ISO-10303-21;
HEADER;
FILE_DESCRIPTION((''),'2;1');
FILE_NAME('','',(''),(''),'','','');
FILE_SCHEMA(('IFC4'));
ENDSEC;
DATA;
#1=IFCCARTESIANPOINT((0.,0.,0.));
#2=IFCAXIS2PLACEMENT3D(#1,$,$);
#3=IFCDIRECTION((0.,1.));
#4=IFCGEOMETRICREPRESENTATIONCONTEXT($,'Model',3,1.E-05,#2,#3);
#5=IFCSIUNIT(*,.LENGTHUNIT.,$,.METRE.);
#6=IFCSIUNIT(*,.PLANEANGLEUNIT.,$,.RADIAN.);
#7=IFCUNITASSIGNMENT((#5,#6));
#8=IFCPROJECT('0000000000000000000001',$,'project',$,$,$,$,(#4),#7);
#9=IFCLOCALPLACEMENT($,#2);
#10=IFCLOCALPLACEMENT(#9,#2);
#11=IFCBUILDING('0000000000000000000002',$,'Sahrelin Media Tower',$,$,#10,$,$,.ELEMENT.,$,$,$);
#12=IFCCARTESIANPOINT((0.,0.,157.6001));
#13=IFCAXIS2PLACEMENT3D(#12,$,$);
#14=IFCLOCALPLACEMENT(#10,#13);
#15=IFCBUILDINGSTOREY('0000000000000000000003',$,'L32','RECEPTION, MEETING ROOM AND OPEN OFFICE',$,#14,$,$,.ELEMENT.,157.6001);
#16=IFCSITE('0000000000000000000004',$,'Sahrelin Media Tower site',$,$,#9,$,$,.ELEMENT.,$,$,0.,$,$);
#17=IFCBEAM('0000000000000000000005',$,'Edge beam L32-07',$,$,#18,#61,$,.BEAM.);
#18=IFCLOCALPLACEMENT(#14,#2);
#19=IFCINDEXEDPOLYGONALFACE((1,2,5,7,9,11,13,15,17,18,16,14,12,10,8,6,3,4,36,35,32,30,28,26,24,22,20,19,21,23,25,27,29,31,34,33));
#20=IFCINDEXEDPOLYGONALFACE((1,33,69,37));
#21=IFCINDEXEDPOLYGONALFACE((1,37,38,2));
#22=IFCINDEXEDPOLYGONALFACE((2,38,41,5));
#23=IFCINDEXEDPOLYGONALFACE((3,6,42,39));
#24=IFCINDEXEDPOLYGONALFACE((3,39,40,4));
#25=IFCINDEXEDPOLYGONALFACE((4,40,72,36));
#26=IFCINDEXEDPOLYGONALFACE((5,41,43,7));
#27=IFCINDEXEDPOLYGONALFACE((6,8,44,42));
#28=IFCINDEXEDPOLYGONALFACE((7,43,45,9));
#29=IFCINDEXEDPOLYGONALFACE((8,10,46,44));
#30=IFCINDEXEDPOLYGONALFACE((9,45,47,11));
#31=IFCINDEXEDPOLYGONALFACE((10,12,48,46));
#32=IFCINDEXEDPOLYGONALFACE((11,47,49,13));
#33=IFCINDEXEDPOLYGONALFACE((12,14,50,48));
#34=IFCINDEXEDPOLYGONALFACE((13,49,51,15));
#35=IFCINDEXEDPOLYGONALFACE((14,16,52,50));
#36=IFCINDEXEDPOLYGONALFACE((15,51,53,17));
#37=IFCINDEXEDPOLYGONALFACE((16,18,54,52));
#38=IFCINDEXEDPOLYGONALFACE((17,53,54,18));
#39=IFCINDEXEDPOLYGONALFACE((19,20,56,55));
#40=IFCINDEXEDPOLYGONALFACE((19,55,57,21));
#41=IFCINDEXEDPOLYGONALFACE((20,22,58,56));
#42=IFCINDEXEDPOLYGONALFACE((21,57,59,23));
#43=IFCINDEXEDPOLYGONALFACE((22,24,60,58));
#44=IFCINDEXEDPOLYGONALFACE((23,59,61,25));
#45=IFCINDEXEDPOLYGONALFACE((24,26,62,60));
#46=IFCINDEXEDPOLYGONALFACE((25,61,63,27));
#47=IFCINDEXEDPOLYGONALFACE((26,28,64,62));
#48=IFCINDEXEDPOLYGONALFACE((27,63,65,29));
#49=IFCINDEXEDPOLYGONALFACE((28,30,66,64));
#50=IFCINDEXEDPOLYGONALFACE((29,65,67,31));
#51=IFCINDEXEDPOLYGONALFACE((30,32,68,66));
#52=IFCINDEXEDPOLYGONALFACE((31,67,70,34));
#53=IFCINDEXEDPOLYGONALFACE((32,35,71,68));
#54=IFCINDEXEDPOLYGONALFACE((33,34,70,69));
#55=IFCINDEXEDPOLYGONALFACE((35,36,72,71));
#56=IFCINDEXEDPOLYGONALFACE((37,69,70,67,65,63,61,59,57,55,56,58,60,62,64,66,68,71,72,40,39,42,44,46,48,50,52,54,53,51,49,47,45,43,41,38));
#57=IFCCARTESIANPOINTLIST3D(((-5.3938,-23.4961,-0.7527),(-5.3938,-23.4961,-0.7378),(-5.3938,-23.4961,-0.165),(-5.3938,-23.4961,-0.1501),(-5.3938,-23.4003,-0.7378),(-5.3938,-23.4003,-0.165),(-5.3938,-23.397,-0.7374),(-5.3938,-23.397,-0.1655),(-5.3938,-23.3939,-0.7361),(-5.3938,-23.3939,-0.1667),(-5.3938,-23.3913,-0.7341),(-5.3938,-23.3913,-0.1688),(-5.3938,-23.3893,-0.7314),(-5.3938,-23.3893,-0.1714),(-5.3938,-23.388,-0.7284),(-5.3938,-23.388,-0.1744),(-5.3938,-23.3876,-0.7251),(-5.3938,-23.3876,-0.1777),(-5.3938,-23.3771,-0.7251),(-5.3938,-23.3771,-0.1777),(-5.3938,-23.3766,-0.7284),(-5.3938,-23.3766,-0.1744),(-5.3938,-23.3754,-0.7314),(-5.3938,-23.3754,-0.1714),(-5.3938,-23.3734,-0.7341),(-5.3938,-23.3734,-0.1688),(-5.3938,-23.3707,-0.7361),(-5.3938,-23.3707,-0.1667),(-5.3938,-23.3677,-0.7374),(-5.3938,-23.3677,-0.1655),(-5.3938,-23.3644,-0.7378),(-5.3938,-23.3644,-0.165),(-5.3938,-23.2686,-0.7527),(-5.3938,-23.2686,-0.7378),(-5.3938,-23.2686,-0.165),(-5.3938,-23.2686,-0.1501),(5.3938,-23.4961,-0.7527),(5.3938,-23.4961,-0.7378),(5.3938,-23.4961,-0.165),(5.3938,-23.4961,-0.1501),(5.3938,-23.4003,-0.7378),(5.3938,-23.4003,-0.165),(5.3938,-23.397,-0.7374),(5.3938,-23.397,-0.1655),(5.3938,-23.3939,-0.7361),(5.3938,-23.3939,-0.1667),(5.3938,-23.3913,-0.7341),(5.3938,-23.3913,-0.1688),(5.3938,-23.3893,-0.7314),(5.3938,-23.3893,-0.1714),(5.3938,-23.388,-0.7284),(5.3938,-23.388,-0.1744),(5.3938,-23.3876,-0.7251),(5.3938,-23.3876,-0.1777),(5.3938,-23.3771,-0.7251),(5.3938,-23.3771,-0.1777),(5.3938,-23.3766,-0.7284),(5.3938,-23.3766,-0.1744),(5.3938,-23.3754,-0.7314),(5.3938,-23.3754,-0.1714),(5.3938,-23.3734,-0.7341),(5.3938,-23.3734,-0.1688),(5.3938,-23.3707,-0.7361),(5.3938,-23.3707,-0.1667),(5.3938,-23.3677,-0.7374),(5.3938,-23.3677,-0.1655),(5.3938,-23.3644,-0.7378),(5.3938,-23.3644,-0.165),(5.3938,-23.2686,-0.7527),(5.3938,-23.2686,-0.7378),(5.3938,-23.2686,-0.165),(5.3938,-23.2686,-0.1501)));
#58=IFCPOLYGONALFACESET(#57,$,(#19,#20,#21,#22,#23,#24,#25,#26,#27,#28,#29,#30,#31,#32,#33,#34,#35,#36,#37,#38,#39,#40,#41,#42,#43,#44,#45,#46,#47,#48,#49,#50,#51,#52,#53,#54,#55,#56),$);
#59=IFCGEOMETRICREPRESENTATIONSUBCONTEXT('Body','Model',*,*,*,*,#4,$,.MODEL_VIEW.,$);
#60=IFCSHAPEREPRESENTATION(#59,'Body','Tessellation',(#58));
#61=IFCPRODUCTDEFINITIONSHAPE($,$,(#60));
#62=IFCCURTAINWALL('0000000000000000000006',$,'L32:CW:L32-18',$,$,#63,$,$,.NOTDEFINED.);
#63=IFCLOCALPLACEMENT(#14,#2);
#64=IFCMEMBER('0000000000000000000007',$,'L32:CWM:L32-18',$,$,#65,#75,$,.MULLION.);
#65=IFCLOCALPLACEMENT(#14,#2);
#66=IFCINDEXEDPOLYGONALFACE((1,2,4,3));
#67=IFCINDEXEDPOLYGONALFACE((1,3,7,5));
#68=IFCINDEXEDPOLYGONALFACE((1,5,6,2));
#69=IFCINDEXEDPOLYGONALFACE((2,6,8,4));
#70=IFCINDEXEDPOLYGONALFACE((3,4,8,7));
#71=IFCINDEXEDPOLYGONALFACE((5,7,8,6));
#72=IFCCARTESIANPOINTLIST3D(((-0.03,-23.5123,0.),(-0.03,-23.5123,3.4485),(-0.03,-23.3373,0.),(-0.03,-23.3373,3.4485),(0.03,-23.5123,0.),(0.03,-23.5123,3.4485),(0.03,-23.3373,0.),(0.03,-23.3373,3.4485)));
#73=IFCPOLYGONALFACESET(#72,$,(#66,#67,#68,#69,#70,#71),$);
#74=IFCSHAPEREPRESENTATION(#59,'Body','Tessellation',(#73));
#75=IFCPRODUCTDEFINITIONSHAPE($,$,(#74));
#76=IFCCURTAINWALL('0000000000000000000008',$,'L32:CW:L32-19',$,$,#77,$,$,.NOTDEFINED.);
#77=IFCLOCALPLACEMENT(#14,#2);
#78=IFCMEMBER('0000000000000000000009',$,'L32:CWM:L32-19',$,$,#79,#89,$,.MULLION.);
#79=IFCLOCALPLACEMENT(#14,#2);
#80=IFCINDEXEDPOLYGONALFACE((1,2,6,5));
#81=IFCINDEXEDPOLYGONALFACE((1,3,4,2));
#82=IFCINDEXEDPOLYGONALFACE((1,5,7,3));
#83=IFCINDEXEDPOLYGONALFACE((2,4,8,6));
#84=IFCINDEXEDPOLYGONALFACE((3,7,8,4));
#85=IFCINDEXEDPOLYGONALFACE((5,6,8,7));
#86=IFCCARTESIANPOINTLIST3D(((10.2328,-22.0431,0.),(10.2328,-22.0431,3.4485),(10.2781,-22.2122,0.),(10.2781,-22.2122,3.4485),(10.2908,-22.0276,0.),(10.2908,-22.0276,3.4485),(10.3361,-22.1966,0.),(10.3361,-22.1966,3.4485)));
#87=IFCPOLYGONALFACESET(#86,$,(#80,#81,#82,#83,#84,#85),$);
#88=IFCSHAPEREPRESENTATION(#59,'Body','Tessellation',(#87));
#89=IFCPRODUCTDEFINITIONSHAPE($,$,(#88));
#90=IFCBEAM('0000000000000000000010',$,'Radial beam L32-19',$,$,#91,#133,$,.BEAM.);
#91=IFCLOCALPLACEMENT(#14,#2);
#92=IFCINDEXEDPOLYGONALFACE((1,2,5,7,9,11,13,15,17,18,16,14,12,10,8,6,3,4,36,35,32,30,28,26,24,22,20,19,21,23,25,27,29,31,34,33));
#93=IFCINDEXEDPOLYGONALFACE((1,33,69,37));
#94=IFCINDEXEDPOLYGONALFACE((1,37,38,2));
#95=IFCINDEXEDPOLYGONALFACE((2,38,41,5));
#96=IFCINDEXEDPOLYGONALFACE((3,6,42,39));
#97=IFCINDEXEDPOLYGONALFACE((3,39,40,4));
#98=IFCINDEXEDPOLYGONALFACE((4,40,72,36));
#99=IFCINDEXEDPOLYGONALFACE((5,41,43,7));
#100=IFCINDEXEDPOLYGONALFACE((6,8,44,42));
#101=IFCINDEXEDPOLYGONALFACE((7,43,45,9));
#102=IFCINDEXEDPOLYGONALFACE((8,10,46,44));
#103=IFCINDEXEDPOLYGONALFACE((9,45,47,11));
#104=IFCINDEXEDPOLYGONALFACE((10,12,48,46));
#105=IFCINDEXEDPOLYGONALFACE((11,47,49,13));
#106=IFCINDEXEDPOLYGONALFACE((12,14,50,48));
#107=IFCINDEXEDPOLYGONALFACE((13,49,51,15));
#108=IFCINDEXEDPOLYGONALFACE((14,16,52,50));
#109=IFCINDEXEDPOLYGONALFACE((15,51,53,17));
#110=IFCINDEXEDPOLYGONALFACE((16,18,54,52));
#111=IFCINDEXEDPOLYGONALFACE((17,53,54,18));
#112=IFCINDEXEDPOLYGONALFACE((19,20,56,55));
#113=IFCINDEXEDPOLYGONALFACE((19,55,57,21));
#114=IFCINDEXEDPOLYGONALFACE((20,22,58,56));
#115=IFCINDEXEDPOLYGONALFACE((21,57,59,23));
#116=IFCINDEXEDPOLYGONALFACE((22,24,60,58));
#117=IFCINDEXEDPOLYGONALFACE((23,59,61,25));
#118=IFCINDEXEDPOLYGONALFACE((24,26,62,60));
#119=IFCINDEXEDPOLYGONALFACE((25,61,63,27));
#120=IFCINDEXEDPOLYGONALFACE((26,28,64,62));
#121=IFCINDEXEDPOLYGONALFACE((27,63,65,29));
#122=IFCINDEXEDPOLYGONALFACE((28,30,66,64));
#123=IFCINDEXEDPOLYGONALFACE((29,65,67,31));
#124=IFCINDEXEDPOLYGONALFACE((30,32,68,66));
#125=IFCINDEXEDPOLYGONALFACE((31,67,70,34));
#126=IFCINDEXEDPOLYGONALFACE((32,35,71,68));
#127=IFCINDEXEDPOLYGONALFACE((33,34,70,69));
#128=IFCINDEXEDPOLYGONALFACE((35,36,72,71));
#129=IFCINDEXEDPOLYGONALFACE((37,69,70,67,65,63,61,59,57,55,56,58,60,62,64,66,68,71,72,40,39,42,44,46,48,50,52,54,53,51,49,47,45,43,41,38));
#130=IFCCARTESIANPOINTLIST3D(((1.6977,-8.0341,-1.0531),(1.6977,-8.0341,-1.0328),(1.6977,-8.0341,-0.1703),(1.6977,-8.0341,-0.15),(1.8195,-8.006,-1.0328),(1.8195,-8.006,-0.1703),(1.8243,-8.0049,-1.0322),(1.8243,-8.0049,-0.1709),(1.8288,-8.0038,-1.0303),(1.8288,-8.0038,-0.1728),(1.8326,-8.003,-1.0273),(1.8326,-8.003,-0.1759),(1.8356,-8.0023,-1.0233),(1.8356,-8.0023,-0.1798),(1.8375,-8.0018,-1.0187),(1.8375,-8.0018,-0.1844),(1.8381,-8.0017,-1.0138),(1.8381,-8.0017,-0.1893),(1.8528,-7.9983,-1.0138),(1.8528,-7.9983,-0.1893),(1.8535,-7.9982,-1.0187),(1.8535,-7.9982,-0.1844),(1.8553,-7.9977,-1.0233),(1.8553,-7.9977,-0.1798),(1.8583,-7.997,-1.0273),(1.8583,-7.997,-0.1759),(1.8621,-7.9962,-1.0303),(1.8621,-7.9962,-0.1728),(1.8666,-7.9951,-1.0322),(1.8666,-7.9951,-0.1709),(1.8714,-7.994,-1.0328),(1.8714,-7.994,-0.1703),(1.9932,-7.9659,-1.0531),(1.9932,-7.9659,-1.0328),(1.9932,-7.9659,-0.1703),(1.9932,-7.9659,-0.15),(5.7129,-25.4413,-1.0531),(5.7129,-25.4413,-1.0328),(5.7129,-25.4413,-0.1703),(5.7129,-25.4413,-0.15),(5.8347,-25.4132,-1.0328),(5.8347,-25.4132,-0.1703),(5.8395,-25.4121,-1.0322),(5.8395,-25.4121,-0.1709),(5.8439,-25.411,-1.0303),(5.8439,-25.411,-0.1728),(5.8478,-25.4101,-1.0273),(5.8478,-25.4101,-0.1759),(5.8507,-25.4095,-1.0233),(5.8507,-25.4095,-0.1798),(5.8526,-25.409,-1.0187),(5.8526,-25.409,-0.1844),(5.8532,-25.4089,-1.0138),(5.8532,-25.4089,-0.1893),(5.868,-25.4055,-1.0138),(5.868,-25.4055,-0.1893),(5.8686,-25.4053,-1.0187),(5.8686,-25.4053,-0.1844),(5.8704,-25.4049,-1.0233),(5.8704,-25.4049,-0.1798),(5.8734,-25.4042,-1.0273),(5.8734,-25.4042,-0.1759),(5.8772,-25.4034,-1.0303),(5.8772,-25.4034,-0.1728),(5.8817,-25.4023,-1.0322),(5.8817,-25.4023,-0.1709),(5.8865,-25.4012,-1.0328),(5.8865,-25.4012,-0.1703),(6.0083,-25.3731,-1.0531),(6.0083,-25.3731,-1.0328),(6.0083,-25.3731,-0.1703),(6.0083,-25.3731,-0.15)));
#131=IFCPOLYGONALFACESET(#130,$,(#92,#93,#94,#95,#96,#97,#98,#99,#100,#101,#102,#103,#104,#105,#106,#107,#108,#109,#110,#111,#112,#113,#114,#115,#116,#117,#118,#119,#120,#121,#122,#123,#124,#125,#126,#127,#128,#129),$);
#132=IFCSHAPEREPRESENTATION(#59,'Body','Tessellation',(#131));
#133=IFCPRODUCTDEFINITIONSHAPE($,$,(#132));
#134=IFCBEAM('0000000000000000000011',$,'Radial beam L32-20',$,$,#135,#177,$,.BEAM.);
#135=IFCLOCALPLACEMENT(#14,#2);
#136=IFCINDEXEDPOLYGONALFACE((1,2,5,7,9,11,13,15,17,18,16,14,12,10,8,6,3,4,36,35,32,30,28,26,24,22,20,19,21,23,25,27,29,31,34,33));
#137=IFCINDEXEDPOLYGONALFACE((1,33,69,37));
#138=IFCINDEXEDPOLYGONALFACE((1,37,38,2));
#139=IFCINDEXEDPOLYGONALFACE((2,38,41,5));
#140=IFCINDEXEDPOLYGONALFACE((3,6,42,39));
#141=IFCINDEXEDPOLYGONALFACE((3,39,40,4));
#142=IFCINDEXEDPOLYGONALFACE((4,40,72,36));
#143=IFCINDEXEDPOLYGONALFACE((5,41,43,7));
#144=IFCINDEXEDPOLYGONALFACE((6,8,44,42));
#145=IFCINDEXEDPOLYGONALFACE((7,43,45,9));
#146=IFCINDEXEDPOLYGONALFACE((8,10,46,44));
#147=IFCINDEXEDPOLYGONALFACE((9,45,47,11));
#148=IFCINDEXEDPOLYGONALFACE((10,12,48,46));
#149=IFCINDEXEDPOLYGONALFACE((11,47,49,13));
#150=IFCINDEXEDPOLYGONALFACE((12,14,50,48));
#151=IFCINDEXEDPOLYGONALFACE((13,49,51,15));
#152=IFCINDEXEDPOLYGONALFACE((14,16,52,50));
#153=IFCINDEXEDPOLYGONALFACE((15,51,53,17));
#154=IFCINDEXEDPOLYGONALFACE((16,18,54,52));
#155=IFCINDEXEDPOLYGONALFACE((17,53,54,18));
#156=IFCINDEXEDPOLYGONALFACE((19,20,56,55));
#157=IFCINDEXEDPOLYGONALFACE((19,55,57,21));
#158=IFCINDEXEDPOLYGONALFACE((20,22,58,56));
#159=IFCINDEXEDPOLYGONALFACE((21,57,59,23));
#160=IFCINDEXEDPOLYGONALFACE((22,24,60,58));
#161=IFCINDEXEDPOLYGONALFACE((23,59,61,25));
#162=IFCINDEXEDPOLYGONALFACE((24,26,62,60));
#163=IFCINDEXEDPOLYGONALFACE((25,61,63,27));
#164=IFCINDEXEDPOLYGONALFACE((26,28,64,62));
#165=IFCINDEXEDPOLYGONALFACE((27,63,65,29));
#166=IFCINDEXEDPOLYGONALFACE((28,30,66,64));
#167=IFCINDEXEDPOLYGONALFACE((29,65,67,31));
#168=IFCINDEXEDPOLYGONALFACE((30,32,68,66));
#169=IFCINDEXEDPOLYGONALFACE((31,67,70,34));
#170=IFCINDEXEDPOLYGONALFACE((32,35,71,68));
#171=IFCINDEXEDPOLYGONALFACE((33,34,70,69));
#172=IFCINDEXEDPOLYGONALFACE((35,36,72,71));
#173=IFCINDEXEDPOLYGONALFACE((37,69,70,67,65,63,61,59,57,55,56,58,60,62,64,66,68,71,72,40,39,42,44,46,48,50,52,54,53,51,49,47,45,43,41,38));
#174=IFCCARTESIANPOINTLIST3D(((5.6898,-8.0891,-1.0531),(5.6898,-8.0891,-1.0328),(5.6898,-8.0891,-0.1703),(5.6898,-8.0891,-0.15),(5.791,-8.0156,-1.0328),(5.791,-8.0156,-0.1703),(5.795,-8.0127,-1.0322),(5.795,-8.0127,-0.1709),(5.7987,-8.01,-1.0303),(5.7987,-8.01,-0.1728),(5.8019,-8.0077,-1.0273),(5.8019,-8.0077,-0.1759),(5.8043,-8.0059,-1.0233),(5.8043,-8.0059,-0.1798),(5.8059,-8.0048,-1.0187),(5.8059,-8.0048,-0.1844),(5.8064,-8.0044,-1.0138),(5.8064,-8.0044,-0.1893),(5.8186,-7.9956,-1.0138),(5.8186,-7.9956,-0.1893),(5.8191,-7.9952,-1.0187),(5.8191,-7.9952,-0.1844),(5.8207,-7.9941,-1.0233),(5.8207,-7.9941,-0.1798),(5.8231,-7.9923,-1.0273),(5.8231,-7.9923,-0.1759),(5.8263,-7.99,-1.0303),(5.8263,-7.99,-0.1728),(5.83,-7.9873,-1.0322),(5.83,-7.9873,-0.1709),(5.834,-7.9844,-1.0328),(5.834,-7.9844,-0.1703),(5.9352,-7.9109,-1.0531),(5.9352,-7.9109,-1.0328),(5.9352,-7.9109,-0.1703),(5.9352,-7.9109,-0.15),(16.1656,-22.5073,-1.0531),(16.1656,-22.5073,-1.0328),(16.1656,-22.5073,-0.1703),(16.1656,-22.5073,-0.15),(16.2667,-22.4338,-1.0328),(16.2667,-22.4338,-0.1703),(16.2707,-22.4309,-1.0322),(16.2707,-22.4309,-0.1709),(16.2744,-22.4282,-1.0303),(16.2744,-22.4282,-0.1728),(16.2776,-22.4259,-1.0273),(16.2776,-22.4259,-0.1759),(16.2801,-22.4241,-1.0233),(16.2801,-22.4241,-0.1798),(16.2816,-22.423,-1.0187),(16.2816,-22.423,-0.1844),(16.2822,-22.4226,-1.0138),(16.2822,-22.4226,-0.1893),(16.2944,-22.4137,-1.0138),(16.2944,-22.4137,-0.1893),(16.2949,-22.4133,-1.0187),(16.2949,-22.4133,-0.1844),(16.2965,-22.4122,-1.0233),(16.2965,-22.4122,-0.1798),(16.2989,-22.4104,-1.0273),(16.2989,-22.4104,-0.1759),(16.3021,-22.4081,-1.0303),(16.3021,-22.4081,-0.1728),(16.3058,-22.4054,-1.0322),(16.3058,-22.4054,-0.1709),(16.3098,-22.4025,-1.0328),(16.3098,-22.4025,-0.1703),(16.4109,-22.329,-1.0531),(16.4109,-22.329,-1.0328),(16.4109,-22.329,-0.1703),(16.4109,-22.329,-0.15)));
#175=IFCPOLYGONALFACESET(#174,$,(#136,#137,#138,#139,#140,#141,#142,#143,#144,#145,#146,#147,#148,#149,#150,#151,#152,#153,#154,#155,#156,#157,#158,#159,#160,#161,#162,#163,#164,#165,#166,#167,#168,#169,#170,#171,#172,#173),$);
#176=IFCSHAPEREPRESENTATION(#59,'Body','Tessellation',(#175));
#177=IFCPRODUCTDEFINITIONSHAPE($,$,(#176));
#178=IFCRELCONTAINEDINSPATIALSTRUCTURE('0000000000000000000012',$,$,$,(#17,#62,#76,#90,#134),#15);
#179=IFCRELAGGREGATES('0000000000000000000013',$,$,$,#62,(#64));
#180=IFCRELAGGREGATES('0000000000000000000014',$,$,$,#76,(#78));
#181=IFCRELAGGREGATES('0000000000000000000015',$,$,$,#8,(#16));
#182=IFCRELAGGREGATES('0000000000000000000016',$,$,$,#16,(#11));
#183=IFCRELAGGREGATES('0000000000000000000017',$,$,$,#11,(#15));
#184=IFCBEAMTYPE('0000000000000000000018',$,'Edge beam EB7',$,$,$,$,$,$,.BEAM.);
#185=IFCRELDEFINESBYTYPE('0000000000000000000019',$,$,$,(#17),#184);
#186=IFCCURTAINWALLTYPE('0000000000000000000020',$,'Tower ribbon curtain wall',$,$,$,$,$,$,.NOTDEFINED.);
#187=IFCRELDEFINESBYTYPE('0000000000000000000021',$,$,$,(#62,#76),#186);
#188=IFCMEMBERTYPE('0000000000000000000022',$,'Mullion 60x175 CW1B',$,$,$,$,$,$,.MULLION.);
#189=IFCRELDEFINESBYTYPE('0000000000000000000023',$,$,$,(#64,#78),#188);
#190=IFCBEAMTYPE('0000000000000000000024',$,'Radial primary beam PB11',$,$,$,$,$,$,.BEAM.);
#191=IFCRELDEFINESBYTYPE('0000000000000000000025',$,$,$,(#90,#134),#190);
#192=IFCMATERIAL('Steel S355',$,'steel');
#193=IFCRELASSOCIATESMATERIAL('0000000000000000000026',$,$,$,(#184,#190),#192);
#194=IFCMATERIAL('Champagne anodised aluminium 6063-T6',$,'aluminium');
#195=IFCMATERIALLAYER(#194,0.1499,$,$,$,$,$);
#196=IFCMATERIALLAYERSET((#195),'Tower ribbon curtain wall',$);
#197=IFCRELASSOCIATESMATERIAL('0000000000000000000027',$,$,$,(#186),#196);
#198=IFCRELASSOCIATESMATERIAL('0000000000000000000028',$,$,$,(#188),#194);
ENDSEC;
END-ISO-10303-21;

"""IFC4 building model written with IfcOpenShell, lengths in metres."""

from ifc_helpers import new_model, si_unit, direction, frame, origin, origin_2d, place, context, subcontext, project, spatial, rectangle, i_section, extrude, material, layer, layer_set, material_profile, profile_set, type_object, element, aggregate, save


model = new_model("IFC4")

# Units and contexts
model_context = context("Model", 3, precision=1e-05, world=origin(), true_north=direction((0.0, 1.0)))
body_context = subcontext(model_context, "Body", "Model", "MODEL_VIEW")
ifc_project = project(units=[si_unit("LENGTHUNIT", "METRE"), si_unit("PLANEANGLEUNIT", "RADIAN")], contexts=[model_context])

# Site, building, storey
site_placement = place(None, origin())
site = spatial("IfcSite", under=ifc_project, at=site_placement, Name="Sahrelin Media Tower site", CompositionType="ELEMENT", RefElevation=0.0)
building_placement = place(site_placement, origin())
building = spatial("IfcBuilding", under=site, at=building_placement, Name="Sahrelin Media Tower", CompositionType="ELEMENT")
storey_placement = place(building_placement, frame((0.0, 0.0, 157.6001)))
storey = spatial("IfcBuildingStorey", under=building, at=storey_placement, Name="L32", Description="RECEPTION, MEETING ROOM AND OPEN OFFICE", CompositionType="ELEMENT", Elevation=157.6001)

# Beam
ifc_material_1 = material(Name="Steel S355", Category="steel")
ifc_material_profile_1 = material_profile(ifc_material_1, i_section(OverallWidth=0.2275, OverallDepth=0.6025, WebThickness=0.0105, FlangeThickness=0.0149, FilletRadius=0.0127, at=origin_2d()), Name="UB 610x229x101")
ifc_profile_set_1 = profile_set([ifc_material_profile_1], Name="Steel S355")
beam_type_1 = type_object("IfcBeamType", Name="Edge beam EB7", PredefinedType="BEAM", material=ifc_profile_set_1)
beam_1_placement = place(storey_placement, frame((5.3938, -23.3823, -0.4514), z_axis=(-1.0, 0.0, 0.0), x_axis=(0.0, -1.0, 0.0)))
element("IfcBeam", 1, at=beam_1_placement, inside=storey, type_object=beam_type_1, Name="Edge beam L32-07", PredefinedType="BEAM", context=body_context, shape_type="SweptSolid", body=[
    extrude(i_section(OverallWidth=0.2275, OverallDepth=0.6025, WebThickness=0.0105, FlangeThickness=0.0149, FilletRadius=0.0127, at=origin_2d()), origin(), (0.0, 0.0, 1.0), 10.7876),
])

# Curtain walls, members
ifc_material_2 = material(Name="Champagne anodised aluminium 6063-T6", Category="aluminium")
ifc_layer_1 = layer(ifc_material_2, 0.1499)
ifc_layer_set_1 = layer_set([ifc_layer_1], Name="Tower ribbon curtain wall")
curtain_wall_type = type_object("IfcCurtainWallType", Name="Tower ribbon curtain wall", PredefinedType="NOTDEFINED", material=ifc_layer_set_1)
curtain_wall_1_placement = place(storey_placement, frame((0.0, -23.5325, 0.0), z_axis=(0.0, 0.0, 1.0), x_axis=(1.0, 0.0, 0.0)))
curtain_wall_1 = element("IfcCurtainWall", 2, at=curtain_wall_1_placement, inside=storey, type_object=curtain_wall_type, Name="L32:CW:L32-18", PredefinedType="NOTDEFINED")
ifc_material_profile_2 = material_profile(ifc_material_2, rectangle(XDim=0.0601, YDim=0.175, at=origin_2d()), Name="Mullion 60x175")
ifc_profile_set_2 = profile_set([ifc_material_profile_2], Name="Champagne anodised aluminium 6063-T6")
member_type_1 = type_object("IfcMemberType", Name="Mullion 60x175 CW1B", PredefinedType="MULLION", material=ifc_profile_set_2)
member_1_placement = place(storey_placement, frame((0.0, -23.4248, 0.0), z_axis=(0.0, 0.0, 1.0), x_axis=(1.0, 0.0, 0.0)))
member_1 = element("IfcMember", 3, at=member_1_placement, type_object=member_type_1, Name="L32:CWM:L32-18", PredefinedType="MULLION", context=body_context, shape_type="SweptSolid", body=[
    extrude(rectangle(XDim=0.0601, YDim=0.175, at=origin_2d()), origin(), (0.0, 0.0, 1.0), 3.4485),
])
aggregate(curtain_wall_1, [member_1])
curtain_wall_2_placement = place(storey_placement, frame((10.3123, -22.2236, 0.0), z_axis=(0.0, 0.0, 1.0), x_axis=(1.0, 0.0, 0.0)))
curtain_wall_2 = element("IfcCurtainWall", 4, at=curtain_wall_2_placement, inside=storey, type_object=curtain_wall_type, Name="L32:CW:L32-19", PredefinedType="NOTDEFINED")
member_2_placement = place(storey_placement, frame((10.2844, -22.1199, 0.0), z_axis=(0.0, 0.0, 1.0), x_axis=(0.965927, 0.258816, 0.0)))
member_2 = element("IfcMember", 5, at=member_2_placement, type_object=member_type_1, Name="L32:CWM:L32-19", PredefinedType="MULLION", context=body_context, shape_type="SweptSolid", body=[
    extrude(rectangle(XDim=0.0601, YDim=0.175, at=origin_2d()), origin(), (0.0, 0.0, 1.0), 3.4485),
])

# Beams
ifc_material_profile_3 = material_profile(ifc_material_1, i_section(OverallWidth=0.3032, OverallDepth=0.9031, WebThickness=0.0151, FlangeThickness=0.0203, FilletRadius=0.019, at=origin_2d()), Name="UB 914x305x201")
ifc_profile_set_3 = profile_set([ifc_material_profile_3], Name="Steel S355")
beam_type_2 = type_object("IfcBeamType", Name="Radial primary beam PB11", PredefinedType="BEAM", material=ifc_profile_set_3)
beam_2_placement = place(storey_placement, frame((1.8455, -8.0, -0.6016), z_axis=(0.224758, -0.974415, 0.0), x_axis=(0.974415, 0.224758, 0.0)))
element("IfcBeam", 6, at=beam_2_placement, inside=storey, type_object=beam_type_2, Name="Radial beam L32-19", PredefinedType="BEAM", context=body_context, shape_type="SweptSolid", body=[
    extrude(i_section(OverallWidth=0.3032, OverallDepth=0.9031, WebThickness=0.0151, FlangeThickness=0.0203, FilletRadius=0.019, at=origin_2d()), origin(), (0.0, 0.0, 1.0), 17.8643),
])
beam_3_placement = place(storey_placement, frame((5.8125, -8.0, -0.6016), z_axis=(0.587799, -0.809007, 0.0), x_axis=(0.809007, 0.587799, 0.0)))
element("IfcBeam", 7, at=beam_3_placement, inside=storey, type_object=beam_type_2, Name="Radial beam L32-20", PredefinedType="BEAM", context=body_context, shape_type="SweptSolid", body=[
    extrude(i_section(OverallWidth=0.3032, OverallDepth=0.9031, WebThickness=0.0151, FlangeThickness=0.0203, FilletRadius=0.019, at=origin_2d()), origin(), (0.0, 0.0, 1.0), 17.822),
])

aggregate(curtain_wall_2, [member_2])

save(model, "model.ifc")
